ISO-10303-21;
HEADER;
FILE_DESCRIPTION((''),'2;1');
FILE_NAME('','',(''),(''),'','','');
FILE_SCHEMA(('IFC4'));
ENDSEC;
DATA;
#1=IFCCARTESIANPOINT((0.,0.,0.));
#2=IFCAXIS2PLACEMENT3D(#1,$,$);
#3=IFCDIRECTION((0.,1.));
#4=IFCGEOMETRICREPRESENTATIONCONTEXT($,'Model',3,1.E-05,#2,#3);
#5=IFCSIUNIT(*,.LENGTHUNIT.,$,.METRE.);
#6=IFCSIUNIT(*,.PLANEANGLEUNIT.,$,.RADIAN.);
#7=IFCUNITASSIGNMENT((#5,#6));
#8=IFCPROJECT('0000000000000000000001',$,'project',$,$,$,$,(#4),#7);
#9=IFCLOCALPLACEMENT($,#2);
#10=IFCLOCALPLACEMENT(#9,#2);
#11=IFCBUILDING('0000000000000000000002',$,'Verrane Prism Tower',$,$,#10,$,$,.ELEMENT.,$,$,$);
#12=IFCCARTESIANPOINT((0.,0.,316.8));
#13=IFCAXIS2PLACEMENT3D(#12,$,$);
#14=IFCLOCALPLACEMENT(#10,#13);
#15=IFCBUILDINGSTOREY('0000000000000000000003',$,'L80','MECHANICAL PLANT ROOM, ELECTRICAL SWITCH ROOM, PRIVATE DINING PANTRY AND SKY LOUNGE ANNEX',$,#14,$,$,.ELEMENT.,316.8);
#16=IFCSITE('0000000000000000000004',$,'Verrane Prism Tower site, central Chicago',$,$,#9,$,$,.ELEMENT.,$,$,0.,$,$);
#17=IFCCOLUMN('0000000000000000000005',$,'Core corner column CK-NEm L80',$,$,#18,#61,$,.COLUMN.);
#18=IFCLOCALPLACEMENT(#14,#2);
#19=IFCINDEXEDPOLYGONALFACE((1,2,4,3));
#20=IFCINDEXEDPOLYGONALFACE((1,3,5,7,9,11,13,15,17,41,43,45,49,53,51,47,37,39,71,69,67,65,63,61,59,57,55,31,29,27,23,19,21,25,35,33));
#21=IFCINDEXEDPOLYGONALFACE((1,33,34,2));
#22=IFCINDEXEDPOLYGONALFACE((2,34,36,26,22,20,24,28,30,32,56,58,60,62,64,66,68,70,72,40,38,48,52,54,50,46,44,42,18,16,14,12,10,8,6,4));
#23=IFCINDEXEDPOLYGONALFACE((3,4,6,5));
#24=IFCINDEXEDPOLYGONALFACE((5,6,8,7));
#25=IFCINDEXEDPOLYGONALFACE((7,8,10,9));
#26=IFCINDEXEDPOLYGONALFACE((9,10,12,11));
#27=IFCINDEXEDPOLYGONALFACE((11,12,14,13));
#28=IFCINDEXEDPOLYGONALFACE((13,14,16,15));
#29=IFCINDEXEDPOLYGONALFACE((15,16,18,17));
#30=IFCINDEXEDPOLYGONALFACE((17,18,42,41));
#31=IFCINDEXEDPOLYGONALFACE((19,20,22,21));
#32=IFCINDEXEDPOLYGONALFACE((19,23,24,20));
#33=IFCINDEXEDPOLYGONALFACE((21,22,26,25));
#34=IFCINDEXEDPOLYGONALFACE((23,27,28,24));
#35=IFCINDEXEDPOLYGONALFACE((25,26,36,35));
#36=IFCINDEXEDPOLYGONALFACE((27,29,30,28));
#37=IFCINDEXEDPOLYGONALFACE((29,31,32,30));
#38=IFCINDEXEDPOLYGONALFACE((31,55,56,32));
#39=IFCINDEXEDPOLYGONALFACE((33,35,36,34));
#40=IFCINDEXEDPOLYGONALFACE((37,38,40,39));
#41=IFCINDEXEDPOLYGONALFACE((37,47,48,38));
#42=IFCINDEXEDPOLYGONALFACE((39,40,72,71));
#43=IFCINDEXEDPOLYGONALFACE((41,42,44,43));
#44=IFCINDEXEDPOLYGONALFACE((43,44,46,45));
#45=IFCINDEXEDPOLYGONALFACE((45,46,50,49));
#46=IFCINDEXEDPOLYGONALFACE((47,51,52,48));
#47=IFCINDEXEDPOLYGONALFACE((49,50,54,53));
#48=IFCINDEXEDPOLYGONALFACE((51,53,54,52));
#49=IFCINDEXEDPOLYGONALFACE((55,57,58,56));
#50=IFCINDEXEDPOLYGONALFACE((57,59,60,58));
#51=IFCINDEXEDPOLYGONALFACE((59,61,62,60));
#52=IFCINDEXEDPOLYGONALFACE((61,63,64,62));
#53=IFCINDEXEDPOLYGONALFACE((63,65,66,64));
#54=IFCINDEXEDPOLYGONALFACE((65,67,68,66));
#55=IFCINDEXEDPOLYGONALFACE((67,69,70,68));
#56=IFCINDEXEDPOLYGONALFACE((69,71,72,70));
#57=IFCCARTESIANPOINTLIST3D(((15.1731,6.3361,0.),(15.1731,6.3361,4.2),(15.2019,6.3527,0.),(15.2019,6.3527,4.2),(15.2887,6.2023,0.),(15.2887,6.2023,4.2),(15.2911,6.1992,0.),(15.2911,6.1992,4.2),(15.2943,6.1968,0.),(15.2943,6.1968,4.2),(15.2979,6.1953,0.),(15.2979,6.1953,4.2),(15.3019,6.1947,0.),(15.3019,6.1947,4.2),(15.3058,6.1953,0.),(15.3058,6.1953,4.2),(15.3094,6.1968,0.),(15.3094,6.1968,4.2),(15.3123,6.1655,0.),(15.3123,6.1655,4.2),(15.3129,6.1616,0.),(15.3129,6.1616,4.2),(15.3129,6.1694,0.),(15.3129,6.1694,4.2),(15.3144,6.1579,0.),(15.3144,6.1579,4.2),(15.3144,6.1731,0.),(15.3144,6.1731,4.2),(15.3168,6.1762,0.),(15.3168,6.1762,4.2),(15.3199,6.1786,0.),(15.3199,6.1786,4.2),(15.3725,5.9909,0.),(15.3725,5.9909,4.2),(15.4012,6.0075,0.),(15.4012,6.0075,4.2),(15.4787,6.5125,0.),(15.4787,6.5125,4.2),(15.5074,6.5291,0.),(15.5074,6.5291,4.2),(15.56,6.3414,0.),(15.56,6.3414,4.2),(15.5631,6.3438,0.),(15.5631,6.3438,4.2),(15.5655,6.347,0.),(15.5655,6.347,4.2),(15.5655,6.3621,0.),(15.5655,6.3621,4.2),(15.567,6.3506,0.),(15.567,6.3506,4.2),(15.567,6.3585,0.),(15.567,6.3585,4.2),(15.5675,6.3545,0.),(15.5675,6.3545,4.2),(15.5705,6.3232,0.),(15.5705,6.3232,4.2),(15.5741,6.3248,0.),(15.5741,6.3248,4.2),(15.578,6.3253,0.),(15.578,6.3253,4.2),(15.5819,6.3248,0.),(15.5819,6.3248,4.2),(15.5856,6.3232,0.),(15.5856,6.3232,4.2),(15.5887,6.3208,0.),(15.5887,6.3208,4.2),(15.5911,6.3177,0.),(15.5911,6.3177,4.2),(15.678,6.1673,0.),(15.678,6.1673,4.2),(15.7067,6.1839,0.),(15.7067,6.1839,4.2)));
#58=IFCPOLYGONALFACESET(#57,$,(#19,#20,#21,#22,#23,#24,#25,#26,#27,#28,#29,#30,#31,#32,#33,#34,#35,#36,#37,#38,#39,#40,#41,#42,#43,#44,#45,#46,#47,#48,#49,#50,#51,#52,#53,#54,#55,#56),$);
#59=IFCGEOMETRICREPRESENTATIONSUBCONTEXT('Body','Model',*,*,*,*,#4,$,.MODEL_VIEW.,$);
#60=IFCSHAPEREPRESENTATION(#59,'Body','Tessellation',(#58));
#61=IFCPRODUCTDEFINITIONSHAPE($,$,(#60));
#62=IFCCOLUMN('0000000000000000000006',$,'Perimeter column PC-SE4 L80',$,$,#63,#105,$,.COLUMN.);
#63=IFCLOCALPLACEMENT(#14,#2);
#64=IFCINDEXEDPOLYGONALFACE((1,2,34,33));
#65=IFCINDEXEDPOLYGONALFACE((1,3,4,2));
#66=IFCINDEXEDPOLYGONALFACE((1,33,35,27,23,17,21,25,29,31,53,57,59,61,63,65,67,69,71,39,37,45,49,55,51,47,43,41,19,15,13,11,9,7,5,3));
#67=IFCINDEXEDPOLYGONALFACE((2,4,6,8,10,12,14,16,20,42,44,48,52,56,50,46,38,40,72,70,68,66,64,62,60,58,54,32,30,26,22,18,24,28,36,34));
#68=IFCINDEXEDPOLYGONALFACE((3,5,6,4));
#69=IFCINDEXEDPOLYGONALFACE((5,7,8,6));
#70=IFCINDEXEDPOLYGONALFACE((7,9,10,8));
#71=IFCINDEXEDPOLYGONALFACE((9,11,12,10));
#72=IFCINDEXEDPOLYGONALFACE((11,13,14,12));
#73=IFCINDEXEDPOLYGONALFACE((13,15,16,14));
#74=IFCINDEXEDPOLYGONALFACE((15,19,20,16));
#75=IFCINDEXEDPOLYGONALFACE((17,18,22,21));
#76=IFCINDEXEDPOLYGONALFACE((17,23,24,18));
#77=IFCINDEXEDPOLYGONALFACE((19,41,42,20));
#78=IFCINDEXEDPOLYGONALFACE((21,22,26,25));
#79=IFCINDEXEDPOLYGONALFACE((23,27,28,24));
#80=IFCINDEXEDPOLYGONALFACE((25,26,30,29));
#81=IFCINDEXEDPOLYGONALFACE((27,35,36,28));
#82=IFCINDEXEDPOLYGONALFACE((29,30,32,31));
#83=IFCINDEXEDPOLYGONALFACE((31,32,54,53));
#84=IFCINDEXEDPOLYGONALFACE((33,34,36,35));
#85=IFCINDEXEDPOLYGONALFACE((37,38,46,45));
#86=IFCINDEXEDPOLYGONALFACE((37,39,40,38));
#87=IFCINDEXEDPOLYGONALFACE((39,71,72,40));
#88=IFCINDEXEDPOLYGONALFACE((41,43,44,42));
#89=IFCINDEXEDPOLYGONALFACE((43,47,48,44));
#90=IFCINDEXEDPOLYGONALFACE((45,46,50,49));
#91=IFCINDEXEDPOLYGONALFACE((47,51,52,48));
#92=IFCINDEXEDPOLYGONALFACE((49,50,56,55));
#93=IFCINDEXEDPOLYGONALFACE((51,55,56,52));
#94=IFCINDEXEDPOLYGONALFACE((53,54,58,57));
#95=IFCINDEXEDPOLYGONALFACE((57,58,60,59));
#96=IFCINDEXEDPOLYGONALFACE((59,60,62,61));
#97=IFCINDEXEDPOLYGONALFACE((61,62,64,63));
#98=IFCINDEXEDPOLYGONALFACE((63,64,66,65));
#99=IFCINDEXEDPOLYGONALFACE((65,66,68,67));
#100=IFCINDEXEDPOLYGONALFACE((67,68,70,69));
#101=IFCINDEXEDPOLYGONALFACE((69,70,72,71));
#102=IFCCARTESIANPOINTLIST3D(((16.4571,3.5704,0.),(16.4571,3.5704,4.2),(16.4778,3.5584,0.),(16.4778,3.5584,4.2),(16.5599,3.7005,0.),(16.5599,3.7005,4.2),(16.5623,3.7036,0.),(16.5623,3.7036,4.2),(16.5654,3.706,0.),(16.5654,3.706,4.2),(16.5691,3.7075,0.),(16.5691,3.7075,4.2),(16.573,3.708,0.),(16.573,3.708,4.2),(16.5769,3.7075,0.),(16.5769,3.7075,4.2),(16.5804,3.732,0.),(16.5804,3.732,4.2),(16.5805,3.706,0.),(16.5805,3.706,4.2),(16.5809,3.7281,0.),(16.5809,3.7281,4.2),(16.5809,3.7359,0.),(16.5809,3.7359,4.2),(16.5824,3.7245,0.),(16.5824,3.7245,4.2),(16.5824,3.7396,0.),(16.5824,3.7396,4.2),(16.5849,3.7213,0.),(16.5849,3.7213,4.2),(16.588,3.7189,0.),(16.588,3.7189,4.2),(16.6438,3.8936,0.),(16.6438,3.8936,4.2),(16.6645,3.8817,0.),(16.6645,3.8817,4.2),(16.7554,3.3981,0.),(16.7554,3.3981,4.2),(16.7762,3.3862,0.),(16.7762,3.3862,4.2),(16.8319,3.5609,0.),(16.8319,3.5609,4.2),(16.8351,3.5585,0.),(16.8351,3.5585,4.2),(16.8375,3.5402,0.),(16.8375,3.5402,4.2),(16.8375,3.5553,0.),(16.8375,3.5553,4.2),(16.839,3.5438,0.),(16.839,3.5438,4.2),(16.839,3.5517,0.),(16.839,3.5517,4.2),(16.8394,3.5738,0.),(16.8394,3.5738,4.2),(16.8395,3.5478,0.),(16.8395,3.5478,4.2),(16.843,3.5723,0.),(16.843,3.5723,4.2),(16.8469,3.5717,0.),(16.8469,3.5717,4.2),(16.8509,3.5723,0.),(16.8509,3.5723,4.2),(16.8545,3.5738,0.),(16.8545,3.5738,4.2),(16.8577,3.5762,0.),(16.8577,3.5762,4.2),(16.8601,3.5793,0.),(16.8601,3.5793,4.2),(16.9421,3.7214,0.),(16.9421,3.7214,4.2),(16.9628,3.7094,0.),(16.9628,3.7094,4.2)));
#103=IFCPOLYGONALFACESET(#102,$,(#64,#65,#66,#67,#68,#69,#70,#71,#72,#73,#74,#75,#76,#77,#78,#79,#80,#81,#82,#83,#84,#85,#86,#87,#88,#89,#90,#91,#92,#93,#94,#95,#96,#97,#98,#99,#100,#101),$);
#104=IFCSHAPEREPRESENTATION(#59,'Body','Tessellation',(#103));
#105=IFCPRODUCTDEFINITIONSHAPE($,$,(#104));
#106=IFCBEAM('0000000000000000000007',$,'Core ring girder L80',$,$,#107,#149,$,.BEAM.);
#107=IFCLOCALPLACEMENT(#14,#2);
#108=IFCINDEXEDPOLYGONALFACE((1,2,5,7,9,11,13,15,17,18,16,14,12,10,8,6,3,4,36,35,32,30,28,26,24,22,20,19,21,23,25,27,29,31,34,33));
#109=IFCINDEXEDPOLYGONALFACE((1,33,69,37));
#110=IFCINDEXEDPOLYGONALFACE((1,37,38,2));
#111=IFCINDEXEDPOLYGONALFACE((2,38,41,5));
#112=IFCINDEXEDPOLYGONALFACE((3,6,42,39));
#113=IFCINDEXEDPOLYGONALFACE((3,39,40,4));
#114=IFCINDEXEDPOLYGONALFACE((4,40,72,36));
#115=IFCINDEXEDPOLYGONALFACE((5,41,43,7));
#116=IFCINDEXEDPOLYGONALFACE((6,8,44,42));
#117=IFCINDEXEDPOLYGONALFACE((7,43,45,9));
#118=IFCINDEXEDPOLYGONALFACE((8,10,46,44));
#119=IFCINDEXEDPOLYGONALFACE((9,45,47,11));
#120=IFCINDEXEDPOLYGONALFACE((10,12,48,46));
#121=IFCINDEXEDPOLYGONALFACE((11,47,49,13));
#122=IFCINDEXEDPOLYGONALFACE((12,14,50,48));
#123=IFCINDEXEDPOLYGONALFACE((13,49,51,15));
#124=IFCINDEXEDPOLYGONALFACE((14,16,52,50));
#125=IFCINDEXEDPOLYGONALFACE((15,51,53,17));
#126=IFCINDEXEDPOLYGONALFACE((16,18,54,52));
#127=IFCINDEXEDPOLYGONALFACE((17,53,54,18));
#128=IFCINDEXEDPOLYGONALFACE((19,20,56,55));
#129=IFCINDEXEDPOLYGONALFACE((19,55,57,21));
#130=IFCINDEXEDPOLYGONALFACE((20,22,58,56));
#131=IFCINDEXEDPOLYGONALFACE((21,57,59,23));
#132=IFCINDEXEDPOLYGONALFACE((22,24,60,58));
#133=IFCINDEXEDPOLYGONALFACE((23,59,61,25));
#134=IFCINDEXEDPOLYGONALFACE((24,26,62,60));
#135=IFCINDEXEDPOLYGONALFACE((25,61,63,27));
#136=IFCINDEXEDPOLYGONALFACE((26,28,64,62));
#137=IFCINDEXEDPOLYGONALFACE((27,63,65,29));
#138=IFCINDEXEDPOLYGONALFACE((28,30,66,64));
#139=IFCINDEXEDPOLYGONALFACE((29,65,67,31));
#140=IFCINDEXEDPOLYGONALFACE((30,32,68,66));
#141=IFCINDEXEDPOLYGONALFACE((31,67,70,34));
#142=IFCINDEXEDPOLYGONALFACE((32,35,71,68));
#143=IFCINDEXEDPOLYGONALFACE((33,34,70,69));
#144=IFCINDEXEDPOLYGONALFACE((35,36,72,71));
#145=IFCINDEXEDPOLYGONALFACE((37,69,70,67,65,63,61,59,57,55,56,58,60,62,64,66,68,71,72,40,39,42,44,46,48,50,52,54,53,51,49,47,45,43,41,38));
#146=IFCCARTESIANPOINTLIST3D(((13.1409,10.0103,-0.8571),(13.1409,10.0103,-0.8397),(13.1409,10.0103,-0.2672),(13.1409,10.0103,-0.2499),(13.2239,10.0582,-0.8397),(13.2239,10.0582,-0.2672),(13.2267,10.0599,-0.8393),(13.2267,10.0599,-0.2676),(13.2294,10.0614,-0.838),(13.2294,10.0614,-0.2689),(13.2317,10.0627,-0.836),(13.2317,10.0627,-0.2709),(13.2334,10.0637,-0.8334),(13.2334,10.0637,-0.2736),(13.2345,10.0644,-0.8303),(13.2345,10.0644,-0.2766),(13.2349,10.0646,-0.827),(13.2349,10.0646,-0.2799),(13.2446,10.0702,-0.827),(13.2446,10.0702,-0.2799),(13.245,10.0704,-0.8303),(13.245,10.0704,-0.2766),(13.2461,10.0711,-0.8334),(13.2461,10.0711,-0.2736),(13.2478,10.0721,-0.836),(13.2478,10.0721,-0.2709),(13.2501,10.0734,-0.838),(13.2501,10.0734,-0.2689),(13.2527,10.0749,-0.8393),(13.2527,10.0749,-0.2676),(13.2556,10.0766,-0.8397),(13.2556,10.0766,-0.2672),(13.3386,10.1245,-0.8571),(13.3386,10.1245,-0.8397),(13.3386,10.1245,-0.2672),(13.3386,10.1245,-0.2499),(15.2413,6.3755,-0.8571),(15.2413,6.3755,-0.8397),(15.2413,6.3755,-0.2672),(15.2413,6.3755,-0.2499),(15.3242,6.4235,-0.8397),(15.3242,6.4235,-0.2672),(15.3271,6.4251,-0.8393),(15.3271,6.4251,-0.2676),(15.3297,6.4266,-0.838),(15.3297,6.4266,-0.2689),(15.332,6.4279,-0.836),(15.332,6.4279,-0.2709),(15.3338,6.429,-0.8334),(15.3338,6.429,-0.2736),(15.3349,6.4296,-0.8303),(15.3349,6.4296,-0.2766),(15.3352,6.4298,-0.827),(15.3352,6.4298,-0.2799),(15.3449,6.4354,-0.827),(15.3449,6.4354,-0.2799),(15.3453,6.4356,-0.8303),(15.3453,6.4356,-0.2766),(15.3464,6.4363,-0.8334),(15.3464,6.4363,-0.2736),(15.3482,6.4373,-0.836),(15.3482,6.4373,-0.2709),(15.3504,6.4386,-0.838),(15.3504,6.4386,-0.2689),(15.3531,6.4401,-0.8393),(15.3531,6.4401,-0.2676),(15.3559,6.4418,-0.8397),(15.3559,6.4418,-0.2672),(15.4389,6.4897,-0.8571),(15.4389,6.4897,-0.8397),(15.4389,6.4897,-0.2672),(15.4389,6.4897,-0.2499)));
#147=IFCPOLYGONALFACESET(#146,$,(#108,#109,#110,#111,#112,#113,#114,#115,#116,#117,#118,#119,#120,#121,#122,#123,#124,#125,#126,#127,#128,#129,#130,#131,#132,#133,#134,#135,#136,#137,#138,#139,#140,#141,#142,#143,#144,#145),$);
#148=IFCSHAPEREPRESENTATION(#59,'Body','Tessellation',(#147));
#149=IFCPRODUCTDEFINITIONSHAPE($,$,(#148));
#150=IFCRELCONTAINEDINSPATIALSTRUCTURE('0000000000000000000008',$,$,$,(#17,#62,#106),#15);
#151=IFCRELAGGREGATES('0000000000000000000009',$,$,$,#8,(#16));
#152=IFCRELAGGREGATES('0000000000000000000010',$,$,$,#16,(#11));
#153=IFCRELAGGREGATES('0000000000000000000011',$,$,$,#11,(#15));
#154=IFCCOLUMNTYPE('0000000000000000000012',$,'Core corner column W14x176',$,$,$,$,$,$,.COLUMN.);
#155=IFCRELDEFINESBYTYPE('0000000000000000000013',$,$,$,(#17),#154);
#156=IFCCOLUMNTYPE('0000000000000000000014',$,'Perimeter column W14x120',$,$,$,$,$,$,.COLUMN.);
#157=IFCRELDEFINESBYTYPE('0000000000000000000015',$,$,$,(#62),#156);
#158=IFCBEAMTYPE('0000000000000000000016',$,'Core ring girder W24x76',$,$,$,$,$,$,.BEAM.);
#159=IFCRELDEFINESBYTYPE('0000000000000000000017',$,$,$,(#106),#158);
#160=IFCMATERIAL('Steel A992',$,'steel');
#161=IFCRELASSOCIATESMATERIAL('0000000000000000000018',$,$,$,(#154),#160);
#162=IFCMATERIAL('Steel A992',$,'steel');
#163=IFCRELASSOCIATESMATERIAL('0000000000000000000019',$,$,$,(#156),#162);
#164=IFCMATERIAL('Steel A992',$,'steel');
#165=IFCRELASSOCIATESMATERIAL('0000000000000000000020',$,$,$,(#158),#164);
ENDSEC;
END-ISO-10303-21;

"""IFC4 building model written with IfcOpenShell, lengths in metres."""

from ifc_helpers import new_model, si_unit, direction, frame, origin, origin_2d, place, context, subcontext, project, spatial, i_section, extrude, material, material_profile, profile_set, type_object, element, save


model = new_model("IFC4")

# Units and contexts
model_context = context("Model", 3, precision=1e-05, world=origin(), true_north=direction((0.0, 1.0)))
body_context = subcontext(model_context, "Body", "Model", "MODEL_VIEW")
ifc_project = project(units=[si_unit("LENGTHUNIT", "METRE"), si_unit("PLANEANGLEUNIT", "RADIAN")], contexts=[model_context])

# Site, building, storey
site_placement = place(None, origin())
site = spatial("IfcSite", under=ifc_project, at=site_placement, Name="Verrane Prism Tower site, central Chicago", CompositionType="ELEMENT", RefElevation=0.0)
building_placement = place(site_placement, origin())
building = spatial("IfcBuilding", under=site, at=building_placement, Name="Verrane Prism Tower", CompositionType="ELEMENT")
storey_placement = place(building_placement, frame((0.0, 0.0, 316.8)))
storey = spatial("IfcBuildingStorey", under=building, at=storey_placement, Name="L80", Description="MECHANICAL PLANT ROOM, ELECTRICAL SWITCH ROOM, PRIVATE DINING PANTRY AND SKY LOUNGE ANNEX", CompositionType="ELEMENT", Elevation=316.8)

# Columns
ifc_material_1 = material(Name="Steel A992", Category="steel")
ifc_material_profile_1 = material_profile(ifc_material_1, i_section(OverallWidth=0.3987, OverallDepth=0.386, WebThickness=0.021, FlangeThickness=0.0332, FilletRadius=0.0151, at=origin_2d()), Name="W14x176")
ifc_profile_set_1 = profile_set([ifc_material_profile_1], Name="Steel A992")
column_type_1 = type_object("IfcColumnType", Name="Core corner column W14x176", PredefinedType="COLUMN", material=ifc_profile_set_1)
column_1_placement = place(storey_placement, frame((15.4399, 6.26, 0.0), z_axis=(0.0, 0.0, 1.0), x_axis=(0.5, -0.866025, 0.0)))
element("IfcColumn", 1, at=column_1_placement, inside=storey, type_object=column_type_1, Name="Core corner column CK-NEm L80", PredefinedType="COLUMN", context=body_context, shape_type="SweptSolid", body=[
    extrude(i_section(OverallWidth=0.3987, OverallDepth=0.386, WebThickness=0.021, FlangeThickness=0.0332, FilletRadius=0.0151, at=origin_2d()), origin(), (0.0, 0.0, 1.0), 4.2),
])
ifc_material_2 = material(Name="Steel A992", Category="steel")
ifc_material_profile_2 = material_profile(ifc_material_2, i_section(OverallWidth=0.3733, OverallDepth=0.3684, WebThickness=0.0149, FlangeThickness=0.0239, FilletRadius=0.0151, at=origin_2d()), Name="W14x120")
ifc_profile_set_2 = profile_set([ifc_material_profile_2], Name="Steel A992")
column_type_2 = type_object("IfcColumnType", Name="Perimeter column W14x120", PredefinedType="COLUMN", material=ifc_profile_set_2)
column_2_placement = place(storey_placement, frame((16.71, 3.6399, 0.0), z_axis=(0.0, 0.0, 1.0), x_axis=(-0.5, -0.866025, 0.0)))
element("IfcColumn", 2, at=column_2_placement, inside=storey, type_object=column_type_2, Name="Perimeter column PC-SE4 L80", PredefinedType="COLUMN", context=body_context, shape_type="SweptSolid", body=[
    extrude(i_section(OverallWidth=0.3733, OverallDepth=0.3684, WebThickness=0.0149, FlangeThickness=0.0239, FilletRadius=0.0151, at=origin_2d()), origin(), (0.0, 0.0, 1.0), 4.2),
])

# Beam
ifc_material_3 = material(Name="Steel A992", Category="steel")
ifc_material_profile_3 = material_profile(ifc_material_3, i_section(OverallWidth=0.2283, OverallDepth=0.6072, WebThickness=0.0112, FlangeThickness=0.0173, FilletRadius=0.0127, at=origin_2d()), Name="W24x76")
ifc_profile_set_3 = profile_set([ifc_material_profile_3], Name="Steel A992")
beam_type_1 = type_object("IfcBeamType", Name="Core ring girder W24x76", PredefinedType="BEAM", material=ifc_profile_set_3)
beam_1_placement = place(storey_placement, frame((15.3401, 6.4326, -0.5535), z_axis=(-0.500323, 0.865839, 0.0), x_axis=(-0.865839, -0.500323, 0.0)))
element("IfcBeam", 3, at=beam_1_placement, inside=storey, type_object=beam_type_1, Name="Core ring girder L80", PredefinedType="BEAM", context=body_context, shape_type="SweptSolid", body=[
    extrude(i_section(OverallWidth=0.2283, OverallDepth=0.6072, WebThickness=0.0112, FlangeThickness=0.0173, FilletRadius=0.0127, at=origin_2d()), origin(), (0.0, 0.0, 1.0), 4.198),
])

save(model, "model.ifc")
